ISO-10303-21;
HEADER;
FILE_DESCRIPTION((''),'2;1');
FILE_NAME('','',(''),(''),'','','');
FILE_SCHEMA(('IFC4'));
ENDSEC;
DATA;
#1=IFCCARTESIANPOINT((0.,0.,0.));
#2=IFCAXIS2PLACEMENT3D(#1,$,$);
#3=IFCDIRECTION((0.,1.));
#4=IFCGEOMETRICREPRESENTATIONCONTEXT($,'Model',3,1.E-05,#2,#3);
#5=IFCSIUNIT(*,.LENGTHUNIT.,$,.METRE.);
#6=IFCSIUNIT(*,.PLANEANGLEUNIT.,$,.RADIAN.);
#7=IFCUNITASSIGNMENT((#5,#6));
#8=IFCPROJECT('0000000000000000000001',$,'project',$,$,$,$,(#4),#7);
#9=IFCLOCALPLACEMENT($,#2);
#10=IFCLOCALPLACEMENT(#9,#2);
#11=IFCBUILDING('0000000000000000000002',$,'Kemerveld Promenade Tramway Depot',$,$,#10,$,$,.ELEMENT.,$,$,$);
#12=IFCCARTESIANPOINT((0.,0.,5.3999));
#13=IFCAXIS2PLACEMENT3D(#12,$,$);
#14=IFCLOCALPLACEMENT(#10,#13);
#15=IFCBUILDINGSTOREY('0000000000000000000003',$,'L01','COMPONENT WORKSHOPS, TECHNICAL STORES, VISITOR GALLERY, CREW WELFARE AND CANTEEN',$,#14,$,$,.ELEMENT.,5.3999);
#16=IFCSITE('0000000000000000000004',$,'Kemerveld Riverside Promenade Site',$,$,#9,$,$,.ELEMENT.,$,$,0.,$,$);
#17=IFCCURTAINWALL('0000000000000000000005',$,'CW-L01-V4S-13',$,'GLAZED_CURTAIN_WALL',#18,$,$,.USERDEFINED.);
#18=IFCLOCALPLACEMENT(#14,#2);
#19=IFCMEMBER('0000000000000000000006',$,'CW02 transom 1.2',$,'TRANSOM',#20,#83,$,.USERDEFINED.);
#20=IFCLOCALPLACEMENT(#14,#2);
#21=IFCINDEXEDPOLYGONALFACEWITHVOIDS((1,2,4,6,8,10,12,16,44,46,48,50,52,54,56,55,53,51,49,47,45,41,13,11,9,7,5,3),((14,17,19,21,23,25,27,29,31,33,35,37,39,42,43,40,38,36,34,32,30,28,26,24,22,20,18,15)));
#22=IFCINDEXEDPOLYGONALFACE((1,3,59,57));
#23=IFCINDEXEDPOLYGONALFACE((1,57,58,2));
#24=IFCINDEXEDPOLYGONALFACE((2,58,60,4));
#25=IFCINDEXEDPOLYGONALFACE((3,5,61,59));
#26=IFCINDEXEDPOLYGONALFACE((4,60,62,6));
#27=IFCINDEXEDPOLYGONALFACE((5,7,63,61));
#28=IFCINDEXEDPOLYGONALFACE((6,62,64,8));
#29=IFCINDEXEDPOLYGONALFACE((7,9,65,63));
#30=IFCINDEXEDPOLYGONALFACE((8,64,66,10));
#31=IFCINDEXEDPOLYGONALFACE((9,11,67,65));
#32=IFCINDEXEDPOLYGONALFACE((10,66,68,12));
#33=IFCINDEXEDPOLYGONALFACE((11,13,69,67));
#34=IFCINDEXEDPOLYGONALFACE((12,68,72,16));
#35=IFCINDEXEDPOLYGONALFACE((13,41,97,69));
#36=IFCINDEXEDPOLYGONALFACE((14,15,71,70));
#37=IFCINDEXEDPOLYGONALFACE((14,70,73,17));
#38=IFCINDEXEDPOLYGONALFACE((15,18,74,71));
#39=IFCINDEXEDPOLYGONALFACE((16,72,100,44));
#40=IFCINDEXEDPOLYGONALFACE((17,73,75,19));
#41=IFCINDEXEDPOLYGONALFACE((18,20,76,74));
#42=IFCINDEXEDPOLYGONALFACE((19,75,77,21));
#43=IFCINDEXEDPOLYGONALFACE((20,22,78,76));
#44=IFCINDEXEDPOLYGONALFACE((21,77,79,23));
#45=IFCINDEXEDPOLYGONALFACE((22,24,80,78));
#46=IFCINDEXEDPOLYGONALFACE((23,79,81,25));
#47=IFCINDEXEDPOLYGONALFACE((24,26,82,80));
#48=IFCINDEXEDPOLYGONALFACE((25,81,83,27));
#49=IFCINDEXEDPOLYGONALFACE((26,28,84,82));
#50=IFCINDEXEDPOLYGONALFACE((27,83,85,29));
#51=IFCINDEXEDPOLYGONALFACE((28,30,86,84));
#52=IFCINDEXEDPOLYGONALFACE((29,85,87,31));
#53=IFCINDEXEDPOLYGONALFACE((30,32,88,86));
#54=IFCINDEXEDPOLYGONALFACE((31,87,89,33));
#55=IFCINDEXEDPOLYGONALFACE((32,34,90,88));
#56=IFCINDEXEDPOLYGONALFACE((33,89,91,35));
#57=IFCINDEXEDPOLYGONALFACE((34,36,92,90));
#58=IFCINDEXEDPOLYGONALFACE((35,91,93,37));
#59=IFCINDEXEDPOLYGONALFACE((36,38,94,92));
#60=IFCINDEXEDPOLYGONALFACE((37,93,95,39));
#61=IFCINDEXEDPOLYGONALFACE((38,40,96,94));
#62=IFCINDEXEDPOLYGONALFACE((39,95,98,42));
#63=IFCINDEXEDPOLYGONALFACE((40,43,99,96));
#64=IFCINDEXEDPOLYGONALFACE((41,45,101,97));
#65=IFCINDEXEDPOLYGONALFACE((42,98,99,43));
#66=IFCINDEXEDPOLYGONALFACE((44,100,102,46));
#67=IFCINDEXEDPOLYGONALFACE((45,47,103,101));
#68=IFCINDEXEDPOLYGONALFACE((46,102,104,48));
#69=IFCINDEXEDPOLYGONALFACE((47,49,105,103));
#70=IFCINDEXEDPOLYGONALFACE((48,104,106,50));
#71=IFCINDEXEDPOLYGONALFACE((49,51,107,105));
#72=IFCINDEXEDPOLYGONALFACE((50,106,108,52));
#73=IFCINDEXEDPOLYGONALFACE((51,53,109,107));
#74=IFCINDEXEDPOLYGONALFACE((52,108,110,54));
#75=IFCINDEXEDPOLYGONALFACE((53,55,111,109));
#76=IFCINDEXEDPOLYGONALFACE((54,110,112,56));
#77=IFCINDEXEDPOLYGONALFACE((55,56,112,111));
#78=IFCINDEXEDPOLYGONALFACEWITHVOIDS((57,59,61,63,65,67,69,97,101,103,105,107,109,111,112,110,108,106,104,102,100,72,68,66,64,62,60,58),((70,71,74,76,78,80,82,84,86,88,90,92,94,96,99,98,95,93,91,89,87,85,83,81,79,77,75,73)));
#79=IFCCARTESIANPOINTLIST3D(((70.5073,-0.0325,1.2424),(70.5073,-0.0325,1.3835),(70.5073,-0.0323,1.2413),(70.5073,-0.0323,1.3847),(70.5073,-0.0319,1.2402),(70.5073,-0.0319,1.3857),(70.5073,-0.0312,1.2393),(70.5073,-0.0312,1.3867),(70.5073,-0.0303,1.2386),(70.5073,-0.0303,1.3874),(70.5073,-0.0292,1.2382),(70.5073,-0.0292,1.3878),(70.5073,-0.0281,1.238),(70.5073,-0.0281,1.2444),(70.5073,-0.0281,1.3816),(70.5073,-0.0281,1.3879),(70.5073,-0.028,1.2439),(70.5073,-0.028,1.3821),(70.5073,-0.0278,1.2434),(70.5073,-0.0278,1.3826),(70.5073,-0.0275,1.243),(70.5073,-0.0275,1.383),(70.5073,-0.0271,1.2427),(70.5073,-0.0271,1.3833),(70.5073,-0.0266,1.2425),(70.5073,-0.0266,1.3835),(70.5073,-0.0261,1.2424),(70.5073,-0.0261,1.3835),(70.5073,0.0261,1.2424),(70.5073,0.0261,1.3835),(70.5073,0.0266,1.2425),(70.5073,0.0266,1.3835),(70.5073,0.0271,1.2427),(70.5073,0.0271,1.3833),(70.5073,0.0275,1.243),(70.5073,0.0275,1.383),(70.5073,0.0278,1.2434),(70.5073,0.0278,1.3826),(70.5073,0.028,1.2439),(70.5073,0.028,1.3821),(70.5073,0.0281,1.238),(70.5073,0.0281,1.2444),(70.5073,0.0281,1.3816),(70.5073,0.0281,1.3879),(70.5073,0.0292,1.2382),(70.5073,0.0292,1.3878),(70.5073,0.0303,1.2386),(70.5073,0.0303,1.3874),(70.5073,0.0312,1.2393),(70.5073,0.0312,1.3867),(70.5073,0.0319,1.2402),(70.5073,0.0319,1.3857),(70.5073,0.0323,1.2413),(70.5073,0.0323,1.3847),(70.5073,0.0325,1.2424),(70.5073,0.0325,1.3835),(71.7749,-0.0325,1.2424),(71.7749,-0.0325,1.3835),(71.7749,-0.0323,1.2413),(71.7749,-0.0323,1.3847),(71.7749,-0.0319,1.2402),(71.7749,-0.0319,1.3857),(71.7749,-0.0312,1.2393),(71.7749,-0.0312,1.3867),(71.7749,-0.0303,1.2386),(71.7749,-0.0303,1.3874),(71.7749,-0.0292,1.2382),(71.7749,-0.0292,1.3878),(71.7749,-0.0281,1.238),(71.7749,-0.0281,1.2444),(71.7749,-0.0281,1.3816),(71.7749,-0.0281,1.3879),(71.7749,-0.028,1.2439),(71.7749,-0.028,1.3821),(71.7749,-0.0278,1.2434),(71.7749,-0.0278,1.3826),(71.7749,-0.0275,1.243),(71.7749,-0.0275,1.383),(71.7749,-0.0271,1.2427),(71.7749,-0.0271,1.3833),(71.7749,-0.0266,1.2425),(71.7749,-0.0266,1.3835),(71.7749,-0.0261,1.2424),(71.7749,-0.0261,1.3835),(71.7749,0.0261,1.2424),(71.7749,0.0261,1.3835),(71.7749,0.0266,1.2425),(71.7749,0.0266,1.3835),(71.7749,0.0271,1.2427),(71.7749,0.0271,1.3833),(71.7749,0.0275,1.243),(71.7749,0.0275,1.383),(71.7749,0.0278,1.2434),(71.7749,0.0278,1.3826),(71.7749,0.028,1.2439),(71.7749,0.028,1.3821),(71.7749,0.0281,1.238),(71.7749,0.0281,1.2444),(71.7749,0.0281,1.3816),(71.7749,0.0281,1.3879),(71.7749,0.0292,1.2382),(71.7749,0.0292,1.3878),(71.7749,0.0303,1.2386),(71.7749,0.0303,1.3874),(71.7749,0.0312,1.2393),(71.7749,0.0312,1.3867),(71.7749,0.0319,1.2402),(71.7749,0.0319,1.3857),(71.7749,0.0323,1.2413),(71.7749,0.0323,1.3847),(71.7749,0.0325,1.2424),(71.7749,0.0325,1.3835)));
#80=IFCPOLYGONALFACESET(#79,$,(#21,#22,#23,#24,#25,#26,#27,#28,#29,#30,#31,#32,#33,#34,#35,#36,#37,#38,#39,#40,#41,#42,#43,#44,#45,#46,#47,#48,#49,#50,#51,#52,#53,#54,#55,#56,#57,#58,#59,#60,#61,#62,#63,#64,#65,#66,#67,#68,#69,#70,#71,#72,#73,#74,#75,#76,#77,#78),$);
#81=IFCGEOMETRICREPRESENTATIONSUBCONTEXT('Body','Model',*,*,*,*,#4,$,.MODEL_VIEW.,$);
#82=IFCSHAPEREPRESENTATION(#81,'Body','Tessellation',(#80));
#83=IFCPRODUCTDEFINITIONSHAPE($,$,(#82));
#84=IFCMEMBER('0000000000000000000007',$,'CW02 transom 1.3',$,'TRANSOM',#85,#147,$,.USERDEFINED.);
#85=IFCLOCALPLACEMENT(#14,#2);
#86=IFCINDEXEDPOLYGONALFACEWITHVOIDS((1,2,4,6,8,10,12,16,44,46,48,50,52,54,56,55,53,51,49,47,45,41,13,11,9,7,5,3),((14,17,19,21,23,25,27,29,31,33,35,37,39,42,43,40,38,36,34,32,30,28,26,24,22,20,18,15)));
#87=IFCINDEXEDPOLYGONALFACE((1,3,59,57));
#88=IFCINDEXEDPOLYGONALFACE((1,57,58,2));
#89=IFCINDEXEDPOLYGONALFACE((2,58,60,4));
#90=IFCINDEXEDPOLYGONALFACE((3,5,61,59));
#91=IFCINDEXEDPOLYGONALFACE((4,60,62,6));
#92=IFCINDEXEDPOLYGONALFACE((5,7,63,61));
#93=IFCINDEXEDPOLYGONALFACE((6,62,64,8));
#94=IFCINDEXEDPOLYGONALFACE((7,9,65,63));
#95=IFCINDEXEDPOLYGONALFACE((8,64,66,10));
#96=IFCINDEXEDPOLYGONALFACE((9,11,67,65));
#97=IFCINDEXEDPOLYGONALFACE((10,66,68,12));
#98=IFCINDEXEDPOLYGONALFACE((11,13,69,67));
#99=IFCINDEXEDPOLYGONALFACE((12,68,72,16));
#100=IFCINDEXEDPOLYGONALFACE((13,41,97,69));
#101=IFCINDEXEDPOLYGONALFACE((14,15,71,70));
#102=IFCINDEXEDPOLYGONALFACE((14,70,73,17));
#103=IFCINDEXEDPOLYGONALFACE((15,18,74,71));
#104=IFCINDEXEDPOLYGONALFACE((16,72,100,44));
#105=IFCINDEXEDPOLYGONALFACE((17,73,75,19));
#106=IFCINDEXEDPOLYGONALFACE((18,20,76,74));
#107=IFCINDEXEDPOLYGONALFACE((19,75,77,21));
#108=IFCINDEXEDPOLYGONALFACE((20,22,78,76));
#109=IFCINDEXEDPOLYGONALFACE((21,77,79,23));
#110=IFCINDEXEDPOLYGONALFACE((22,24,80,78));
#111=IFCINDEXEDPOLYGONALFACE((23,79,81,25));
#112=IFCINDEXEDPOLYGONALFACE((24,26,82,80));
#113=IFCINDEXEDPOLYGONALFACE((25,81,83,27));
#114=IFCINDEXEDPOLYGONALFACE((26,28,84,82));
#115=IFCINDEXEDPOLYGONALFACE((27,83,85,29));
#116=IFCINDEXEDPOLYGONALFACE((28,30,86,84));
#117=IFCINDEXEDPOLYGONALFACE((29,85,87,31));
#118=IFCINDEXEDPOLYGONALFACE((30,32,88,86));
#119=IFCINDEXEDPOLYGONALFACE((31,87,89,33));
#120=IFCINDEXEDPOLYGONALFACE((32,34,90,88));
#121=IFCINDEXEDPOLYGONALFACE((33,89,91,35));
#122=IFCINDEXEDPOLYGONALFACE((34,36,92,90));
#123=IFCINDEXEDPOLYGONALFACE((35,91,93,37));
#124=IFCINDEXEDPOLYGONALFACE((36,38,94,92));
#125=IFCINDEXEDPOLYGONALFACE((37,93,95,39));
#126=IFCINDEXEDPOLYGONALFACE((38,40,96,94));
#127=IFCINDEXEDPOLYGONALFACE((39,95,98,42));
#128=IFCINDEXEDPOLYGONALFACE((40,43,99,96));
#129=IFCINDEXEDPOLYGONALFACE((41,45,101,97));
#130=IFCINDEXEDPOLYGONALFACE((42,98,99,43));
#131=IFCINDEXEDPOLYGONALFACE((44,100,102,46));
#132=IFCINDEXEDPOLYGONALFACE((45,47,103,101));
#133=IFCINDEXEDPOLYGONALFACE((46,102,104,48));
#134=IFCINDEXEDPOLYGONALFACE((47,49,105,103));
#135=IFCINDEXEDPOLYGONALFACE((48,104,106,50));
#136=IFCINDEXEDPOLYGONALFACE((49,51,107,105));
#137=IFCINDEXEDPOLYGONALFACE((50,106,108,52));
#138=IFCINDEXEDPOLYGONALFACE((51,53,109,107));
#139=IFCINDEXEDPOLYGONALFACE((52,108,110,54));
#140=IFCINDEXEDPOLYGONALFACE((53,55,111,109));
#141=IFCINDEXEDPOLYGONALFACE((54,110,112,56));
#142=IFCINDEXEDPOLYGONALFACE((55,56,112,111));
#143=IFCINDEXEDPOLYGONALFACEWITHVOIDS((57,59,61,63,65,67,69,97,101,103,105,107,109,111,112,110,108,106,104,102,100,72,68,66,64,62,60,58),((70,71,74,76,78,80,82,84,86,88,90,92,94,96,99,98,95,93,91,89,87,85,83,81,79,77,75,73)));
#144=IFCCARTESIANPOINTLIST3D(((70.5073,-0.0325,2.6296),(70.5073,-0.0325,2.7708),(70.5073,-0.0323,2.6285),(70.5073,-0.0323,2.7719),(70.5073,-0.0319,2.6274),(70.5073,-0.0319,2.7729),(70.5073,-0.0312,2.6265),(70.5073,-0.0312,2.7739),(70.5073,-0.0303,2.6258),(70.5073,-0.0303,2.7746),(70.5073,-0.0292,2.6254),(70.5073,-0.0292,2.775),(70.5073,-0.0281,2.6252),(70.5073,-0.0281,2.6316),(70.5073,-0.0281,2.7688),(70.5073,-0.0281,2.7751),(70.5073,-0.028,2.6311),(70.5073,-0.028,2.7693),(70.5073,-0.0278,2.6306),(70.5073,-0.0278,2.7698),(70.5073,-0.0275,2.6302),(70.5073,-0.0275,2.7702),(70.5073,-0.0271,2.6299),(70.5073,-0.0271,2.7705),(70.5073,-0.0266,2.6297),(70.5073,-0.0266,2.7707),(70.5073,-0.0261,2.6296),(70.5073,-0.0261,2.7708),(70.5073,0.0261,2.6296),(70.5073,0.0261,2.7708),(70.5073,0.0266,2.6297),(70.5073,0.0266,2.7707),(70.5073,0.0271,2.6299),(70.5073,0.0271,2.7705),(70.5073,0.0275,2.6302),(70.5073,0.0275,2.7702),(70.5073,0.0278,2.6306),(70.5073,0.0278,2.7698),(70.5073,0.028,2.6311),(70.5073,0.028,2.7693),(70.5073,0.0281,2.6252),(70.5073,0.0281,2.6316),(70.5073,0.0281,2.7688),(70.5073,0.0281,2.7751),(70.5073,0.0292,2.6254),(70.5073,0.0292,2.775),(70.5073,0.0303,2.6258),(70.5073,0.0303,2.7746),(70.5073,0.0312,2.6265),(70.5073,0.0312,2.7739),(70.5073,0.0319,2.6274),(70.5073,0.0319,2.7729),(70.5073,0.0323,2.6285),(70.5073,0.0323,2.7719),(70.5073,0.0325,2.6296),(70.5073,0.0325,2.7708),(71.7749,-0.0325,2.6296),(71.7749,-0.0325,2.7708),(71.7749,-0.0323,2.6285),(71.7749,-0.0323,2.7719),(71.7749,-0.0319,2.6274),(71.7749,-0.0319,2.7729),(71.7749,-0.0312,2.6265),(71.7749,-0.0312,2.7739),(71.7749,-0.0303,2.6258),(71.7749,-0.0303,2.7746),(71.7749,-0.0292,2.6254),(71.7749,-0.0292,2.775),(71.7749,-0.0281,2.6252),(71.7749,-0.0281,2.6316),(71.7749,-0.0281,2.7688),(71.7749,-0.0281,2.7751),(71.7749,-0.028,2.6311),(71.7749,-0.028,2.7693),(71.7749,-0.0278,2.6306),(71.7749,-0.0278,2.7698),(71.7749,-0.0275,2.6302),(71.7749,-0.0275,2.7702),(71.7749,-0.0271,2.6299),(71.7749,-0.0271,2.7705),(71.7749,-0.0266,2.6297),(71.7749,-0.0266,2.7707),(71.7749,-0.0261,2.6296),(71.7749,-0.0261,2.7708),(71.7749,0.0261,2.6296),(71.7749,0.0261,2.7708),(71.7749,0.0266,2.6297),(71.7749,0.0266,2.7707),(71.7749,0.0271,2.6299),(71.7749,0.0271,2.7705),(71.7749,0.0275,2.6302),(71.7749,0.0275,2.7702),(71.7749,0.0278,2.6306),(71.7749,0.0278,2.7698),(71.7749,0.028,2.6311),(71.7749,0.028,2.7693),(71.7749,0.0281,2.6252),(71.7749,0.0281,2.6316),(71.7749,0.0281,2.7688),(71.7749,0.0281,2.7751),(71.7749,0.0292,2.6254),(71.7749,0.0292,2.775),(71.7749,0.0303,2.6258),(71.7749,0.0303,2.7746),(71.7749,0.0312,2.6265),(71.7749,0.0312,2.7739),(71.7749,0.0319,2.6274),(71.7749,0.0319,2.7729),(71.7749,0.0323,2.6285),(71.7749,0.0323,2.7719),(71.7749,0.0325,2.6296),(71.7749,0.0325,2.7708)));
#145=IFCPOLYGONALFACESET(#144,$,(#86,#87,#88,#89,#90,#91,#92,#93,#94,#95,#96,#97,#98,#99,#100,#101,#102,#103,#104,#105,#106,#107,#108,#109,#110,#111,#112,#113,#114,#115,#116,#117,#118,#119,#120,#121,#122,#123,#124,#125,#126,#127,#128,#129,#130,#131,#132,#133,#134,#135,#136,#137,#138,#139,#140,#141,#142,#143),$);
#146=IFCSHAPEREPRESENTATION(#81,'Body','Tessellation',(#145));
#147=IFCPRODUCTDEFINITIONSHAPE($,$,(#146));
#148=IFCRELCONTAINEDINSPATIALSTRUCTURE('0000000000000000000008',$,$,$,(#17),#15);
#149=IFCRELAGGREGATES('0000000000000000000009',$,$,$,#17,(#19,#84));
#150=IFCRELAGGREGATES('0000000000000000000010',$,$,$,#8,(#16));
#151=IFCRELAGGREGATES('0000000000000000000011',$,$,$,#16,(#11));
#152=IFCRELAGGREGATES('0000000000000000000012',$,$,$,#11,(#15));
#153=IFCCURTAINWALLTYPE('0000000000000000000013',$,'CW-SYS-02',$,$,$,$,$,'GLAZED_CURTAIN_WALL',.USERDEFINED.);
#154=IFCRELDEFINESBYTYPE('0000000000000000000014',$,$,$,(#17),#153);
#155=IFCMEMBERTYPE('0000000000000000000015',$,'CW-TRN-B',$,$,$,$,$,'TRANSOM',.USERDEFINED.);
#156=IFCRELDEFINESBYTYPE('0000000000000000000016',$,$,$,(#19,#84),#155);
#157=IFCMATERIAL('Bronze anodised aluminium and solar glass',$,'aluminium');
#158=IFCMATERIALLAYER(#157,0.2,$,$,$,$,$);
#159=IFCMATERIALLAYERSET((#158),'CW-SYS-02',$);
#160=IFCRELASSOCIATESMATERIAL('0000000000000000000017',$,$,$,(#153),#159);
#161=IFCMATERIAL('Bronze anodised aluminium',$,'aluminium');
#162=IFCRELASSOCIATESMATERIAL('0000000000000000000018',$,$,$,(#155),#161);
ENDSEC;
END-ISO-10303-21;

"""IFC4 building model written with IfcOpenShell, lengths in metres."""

from ifc_helpers import new_model, si_unit, direction, frame, origin, origin_2d, place, context, subcontext, project, spatial, hollow_rectangle, extrude, material, layer, layer_set, material_profile, profile_set, type_object, element, aggregate, save


model = new_model("IFC4")

# Units and contexts
model_context = context("Model", 3, precision=1e-05, world=origin(), true_north=direction((0.0, 1.0)))
body_context = subcontext(model_context, "Body", "Model", "MODEL_VIEW")
ifc_project = project(units=[si_unit("LENGTHUNIT", "METRE"), si_unit("PLANEANGLEUNIT", "RADIAN")], contexts=[model_context])

# Site, building, storey
site_placement = place(None, origin())
site = spatial("IfcSite", under=ifc_project, at=site_placement, Name="Kemerveld Riverside Promenade Site", CompositionType="ELEMENT", RefElevation=0.0)
building_placement = place(site_placement, origin())
building = spatial("IfcBuilding", under=site, at=building_placement, Name="Kemerveld Promenade Tramway Depot", CompositionType="ELEMENT")
storey_placement = place(building_placement, frame((0.0, 0.0, 5.3999)))
storey = spatial("IfcBuildingStorey", under=building, at=storey_placement, Name="L01", Description="COMPONENT WORKSHOPS, TECHNICAL STORES, VISITOR GALLERY, CREW WELFARE AND CANTEEN", CompositionType="ELEMENT", Elevation=5.3999)

# Curtain wall, members
ifc_material_1 = material(Name="Bronze anodised aluminium and solar glass", Category="aluminium")
ifc_layer_1 = layer(ifc_material_1, 0.2)
ifc_layer_set_1 = layer_set([ifc_layer_1], Name="CW-SYS-02")
curtain_wall_type = type_object("IfcCurtainWallType", Name="CW-SYS-02", ElementType="GLAZED_CURTAIN_WALL", PredefinedType="USERDEFINED", material=ifc_layer_set_1)
curtain_wall_placement = place(storey_placement, origin())
curtain_wall = element("IfcCurtainWall", 1, at=curtain_wall_placement, inside=storey, type_object=curtain_wall_type, Name="CW-L01-V4S-13", ObjectType="GLAZED_CURTAIN_WALL", PredefinedType="USERDEFINED")
ifc_material_2 = material(Name="Bronze anodised aluminium", Category="aluminium")
ifc_material_profile_1 = material_profile(ifc_material_2, hollow_rectangle(XDim=0.0649, YDim=0.1499, WallThickness=0.0044, InnerFilletRadius=0.002, OuterFilletRadius=0.0044, at=origin_2d()), Name="CW-TRN-150x65")
ifc_profile_set_1 = profile_set([ifc_material_profile_1], Name="Bronze anodised aluminium")
member_type_1 = type_object("IfcMemberType", Name="CW-TRN-B", ElementType="TRANSOM", PredefinedType="USERDEFINED", material=ifc_profile_set_1)
member_1_placement = place(storey_placement, frame((71.7749, 0.0, 1.313), z_axis=(-1.0, 0.0, 0.0), x_axis=(0.0, -1.0, 0.0)))
member_1 = element("IfcMember", 2, at=member_1_placement, type_object=member_type_1, Name="CW02 transom 1.2", ObjectType="TRANSOM", PredefinedType="USERDEFINED", context=body_context, shape_type="SweptSolid", body=[
    extrude(hollow_rectangle(XDim=0.0649, YDim=0.1499, WallThickness=0.0044, InnerFilletRadius=0.002, OuterFilletRadius=0.0044, at=origin_2d()), origin(), (0.0, 0.0, 1.0), 1.2676),
])
member_2_placement = place(storey_placement, frame((71.7749, 0.0, 2.7002), z_axis=(-1.0, 0.0, 0.0), x_axis=(0.0, -1.0, 0.0)))
member_2 = element("IfcMember", 3, at=member_2_placement, type_object=member_type_1, Name="CW02 transom 1.3", ObjectType="TRANSOM", PredefinedType="USERDEFINED", context=body_context, shape_type="SweptSolid", body=[
    extrude(hollow_rectangle(XDim=0.0649, YDim=0.1499, WallThickness=0.0044, InnerFilletRadius=0.002, OuterFilletRadius=0.0044, at=origin_2d()), origin(), (0.0, 0.0, 1.0), 1.2676),
])
aggregate(curtain_wall, [member_1, member_2])

save(model, "model.ifc")
